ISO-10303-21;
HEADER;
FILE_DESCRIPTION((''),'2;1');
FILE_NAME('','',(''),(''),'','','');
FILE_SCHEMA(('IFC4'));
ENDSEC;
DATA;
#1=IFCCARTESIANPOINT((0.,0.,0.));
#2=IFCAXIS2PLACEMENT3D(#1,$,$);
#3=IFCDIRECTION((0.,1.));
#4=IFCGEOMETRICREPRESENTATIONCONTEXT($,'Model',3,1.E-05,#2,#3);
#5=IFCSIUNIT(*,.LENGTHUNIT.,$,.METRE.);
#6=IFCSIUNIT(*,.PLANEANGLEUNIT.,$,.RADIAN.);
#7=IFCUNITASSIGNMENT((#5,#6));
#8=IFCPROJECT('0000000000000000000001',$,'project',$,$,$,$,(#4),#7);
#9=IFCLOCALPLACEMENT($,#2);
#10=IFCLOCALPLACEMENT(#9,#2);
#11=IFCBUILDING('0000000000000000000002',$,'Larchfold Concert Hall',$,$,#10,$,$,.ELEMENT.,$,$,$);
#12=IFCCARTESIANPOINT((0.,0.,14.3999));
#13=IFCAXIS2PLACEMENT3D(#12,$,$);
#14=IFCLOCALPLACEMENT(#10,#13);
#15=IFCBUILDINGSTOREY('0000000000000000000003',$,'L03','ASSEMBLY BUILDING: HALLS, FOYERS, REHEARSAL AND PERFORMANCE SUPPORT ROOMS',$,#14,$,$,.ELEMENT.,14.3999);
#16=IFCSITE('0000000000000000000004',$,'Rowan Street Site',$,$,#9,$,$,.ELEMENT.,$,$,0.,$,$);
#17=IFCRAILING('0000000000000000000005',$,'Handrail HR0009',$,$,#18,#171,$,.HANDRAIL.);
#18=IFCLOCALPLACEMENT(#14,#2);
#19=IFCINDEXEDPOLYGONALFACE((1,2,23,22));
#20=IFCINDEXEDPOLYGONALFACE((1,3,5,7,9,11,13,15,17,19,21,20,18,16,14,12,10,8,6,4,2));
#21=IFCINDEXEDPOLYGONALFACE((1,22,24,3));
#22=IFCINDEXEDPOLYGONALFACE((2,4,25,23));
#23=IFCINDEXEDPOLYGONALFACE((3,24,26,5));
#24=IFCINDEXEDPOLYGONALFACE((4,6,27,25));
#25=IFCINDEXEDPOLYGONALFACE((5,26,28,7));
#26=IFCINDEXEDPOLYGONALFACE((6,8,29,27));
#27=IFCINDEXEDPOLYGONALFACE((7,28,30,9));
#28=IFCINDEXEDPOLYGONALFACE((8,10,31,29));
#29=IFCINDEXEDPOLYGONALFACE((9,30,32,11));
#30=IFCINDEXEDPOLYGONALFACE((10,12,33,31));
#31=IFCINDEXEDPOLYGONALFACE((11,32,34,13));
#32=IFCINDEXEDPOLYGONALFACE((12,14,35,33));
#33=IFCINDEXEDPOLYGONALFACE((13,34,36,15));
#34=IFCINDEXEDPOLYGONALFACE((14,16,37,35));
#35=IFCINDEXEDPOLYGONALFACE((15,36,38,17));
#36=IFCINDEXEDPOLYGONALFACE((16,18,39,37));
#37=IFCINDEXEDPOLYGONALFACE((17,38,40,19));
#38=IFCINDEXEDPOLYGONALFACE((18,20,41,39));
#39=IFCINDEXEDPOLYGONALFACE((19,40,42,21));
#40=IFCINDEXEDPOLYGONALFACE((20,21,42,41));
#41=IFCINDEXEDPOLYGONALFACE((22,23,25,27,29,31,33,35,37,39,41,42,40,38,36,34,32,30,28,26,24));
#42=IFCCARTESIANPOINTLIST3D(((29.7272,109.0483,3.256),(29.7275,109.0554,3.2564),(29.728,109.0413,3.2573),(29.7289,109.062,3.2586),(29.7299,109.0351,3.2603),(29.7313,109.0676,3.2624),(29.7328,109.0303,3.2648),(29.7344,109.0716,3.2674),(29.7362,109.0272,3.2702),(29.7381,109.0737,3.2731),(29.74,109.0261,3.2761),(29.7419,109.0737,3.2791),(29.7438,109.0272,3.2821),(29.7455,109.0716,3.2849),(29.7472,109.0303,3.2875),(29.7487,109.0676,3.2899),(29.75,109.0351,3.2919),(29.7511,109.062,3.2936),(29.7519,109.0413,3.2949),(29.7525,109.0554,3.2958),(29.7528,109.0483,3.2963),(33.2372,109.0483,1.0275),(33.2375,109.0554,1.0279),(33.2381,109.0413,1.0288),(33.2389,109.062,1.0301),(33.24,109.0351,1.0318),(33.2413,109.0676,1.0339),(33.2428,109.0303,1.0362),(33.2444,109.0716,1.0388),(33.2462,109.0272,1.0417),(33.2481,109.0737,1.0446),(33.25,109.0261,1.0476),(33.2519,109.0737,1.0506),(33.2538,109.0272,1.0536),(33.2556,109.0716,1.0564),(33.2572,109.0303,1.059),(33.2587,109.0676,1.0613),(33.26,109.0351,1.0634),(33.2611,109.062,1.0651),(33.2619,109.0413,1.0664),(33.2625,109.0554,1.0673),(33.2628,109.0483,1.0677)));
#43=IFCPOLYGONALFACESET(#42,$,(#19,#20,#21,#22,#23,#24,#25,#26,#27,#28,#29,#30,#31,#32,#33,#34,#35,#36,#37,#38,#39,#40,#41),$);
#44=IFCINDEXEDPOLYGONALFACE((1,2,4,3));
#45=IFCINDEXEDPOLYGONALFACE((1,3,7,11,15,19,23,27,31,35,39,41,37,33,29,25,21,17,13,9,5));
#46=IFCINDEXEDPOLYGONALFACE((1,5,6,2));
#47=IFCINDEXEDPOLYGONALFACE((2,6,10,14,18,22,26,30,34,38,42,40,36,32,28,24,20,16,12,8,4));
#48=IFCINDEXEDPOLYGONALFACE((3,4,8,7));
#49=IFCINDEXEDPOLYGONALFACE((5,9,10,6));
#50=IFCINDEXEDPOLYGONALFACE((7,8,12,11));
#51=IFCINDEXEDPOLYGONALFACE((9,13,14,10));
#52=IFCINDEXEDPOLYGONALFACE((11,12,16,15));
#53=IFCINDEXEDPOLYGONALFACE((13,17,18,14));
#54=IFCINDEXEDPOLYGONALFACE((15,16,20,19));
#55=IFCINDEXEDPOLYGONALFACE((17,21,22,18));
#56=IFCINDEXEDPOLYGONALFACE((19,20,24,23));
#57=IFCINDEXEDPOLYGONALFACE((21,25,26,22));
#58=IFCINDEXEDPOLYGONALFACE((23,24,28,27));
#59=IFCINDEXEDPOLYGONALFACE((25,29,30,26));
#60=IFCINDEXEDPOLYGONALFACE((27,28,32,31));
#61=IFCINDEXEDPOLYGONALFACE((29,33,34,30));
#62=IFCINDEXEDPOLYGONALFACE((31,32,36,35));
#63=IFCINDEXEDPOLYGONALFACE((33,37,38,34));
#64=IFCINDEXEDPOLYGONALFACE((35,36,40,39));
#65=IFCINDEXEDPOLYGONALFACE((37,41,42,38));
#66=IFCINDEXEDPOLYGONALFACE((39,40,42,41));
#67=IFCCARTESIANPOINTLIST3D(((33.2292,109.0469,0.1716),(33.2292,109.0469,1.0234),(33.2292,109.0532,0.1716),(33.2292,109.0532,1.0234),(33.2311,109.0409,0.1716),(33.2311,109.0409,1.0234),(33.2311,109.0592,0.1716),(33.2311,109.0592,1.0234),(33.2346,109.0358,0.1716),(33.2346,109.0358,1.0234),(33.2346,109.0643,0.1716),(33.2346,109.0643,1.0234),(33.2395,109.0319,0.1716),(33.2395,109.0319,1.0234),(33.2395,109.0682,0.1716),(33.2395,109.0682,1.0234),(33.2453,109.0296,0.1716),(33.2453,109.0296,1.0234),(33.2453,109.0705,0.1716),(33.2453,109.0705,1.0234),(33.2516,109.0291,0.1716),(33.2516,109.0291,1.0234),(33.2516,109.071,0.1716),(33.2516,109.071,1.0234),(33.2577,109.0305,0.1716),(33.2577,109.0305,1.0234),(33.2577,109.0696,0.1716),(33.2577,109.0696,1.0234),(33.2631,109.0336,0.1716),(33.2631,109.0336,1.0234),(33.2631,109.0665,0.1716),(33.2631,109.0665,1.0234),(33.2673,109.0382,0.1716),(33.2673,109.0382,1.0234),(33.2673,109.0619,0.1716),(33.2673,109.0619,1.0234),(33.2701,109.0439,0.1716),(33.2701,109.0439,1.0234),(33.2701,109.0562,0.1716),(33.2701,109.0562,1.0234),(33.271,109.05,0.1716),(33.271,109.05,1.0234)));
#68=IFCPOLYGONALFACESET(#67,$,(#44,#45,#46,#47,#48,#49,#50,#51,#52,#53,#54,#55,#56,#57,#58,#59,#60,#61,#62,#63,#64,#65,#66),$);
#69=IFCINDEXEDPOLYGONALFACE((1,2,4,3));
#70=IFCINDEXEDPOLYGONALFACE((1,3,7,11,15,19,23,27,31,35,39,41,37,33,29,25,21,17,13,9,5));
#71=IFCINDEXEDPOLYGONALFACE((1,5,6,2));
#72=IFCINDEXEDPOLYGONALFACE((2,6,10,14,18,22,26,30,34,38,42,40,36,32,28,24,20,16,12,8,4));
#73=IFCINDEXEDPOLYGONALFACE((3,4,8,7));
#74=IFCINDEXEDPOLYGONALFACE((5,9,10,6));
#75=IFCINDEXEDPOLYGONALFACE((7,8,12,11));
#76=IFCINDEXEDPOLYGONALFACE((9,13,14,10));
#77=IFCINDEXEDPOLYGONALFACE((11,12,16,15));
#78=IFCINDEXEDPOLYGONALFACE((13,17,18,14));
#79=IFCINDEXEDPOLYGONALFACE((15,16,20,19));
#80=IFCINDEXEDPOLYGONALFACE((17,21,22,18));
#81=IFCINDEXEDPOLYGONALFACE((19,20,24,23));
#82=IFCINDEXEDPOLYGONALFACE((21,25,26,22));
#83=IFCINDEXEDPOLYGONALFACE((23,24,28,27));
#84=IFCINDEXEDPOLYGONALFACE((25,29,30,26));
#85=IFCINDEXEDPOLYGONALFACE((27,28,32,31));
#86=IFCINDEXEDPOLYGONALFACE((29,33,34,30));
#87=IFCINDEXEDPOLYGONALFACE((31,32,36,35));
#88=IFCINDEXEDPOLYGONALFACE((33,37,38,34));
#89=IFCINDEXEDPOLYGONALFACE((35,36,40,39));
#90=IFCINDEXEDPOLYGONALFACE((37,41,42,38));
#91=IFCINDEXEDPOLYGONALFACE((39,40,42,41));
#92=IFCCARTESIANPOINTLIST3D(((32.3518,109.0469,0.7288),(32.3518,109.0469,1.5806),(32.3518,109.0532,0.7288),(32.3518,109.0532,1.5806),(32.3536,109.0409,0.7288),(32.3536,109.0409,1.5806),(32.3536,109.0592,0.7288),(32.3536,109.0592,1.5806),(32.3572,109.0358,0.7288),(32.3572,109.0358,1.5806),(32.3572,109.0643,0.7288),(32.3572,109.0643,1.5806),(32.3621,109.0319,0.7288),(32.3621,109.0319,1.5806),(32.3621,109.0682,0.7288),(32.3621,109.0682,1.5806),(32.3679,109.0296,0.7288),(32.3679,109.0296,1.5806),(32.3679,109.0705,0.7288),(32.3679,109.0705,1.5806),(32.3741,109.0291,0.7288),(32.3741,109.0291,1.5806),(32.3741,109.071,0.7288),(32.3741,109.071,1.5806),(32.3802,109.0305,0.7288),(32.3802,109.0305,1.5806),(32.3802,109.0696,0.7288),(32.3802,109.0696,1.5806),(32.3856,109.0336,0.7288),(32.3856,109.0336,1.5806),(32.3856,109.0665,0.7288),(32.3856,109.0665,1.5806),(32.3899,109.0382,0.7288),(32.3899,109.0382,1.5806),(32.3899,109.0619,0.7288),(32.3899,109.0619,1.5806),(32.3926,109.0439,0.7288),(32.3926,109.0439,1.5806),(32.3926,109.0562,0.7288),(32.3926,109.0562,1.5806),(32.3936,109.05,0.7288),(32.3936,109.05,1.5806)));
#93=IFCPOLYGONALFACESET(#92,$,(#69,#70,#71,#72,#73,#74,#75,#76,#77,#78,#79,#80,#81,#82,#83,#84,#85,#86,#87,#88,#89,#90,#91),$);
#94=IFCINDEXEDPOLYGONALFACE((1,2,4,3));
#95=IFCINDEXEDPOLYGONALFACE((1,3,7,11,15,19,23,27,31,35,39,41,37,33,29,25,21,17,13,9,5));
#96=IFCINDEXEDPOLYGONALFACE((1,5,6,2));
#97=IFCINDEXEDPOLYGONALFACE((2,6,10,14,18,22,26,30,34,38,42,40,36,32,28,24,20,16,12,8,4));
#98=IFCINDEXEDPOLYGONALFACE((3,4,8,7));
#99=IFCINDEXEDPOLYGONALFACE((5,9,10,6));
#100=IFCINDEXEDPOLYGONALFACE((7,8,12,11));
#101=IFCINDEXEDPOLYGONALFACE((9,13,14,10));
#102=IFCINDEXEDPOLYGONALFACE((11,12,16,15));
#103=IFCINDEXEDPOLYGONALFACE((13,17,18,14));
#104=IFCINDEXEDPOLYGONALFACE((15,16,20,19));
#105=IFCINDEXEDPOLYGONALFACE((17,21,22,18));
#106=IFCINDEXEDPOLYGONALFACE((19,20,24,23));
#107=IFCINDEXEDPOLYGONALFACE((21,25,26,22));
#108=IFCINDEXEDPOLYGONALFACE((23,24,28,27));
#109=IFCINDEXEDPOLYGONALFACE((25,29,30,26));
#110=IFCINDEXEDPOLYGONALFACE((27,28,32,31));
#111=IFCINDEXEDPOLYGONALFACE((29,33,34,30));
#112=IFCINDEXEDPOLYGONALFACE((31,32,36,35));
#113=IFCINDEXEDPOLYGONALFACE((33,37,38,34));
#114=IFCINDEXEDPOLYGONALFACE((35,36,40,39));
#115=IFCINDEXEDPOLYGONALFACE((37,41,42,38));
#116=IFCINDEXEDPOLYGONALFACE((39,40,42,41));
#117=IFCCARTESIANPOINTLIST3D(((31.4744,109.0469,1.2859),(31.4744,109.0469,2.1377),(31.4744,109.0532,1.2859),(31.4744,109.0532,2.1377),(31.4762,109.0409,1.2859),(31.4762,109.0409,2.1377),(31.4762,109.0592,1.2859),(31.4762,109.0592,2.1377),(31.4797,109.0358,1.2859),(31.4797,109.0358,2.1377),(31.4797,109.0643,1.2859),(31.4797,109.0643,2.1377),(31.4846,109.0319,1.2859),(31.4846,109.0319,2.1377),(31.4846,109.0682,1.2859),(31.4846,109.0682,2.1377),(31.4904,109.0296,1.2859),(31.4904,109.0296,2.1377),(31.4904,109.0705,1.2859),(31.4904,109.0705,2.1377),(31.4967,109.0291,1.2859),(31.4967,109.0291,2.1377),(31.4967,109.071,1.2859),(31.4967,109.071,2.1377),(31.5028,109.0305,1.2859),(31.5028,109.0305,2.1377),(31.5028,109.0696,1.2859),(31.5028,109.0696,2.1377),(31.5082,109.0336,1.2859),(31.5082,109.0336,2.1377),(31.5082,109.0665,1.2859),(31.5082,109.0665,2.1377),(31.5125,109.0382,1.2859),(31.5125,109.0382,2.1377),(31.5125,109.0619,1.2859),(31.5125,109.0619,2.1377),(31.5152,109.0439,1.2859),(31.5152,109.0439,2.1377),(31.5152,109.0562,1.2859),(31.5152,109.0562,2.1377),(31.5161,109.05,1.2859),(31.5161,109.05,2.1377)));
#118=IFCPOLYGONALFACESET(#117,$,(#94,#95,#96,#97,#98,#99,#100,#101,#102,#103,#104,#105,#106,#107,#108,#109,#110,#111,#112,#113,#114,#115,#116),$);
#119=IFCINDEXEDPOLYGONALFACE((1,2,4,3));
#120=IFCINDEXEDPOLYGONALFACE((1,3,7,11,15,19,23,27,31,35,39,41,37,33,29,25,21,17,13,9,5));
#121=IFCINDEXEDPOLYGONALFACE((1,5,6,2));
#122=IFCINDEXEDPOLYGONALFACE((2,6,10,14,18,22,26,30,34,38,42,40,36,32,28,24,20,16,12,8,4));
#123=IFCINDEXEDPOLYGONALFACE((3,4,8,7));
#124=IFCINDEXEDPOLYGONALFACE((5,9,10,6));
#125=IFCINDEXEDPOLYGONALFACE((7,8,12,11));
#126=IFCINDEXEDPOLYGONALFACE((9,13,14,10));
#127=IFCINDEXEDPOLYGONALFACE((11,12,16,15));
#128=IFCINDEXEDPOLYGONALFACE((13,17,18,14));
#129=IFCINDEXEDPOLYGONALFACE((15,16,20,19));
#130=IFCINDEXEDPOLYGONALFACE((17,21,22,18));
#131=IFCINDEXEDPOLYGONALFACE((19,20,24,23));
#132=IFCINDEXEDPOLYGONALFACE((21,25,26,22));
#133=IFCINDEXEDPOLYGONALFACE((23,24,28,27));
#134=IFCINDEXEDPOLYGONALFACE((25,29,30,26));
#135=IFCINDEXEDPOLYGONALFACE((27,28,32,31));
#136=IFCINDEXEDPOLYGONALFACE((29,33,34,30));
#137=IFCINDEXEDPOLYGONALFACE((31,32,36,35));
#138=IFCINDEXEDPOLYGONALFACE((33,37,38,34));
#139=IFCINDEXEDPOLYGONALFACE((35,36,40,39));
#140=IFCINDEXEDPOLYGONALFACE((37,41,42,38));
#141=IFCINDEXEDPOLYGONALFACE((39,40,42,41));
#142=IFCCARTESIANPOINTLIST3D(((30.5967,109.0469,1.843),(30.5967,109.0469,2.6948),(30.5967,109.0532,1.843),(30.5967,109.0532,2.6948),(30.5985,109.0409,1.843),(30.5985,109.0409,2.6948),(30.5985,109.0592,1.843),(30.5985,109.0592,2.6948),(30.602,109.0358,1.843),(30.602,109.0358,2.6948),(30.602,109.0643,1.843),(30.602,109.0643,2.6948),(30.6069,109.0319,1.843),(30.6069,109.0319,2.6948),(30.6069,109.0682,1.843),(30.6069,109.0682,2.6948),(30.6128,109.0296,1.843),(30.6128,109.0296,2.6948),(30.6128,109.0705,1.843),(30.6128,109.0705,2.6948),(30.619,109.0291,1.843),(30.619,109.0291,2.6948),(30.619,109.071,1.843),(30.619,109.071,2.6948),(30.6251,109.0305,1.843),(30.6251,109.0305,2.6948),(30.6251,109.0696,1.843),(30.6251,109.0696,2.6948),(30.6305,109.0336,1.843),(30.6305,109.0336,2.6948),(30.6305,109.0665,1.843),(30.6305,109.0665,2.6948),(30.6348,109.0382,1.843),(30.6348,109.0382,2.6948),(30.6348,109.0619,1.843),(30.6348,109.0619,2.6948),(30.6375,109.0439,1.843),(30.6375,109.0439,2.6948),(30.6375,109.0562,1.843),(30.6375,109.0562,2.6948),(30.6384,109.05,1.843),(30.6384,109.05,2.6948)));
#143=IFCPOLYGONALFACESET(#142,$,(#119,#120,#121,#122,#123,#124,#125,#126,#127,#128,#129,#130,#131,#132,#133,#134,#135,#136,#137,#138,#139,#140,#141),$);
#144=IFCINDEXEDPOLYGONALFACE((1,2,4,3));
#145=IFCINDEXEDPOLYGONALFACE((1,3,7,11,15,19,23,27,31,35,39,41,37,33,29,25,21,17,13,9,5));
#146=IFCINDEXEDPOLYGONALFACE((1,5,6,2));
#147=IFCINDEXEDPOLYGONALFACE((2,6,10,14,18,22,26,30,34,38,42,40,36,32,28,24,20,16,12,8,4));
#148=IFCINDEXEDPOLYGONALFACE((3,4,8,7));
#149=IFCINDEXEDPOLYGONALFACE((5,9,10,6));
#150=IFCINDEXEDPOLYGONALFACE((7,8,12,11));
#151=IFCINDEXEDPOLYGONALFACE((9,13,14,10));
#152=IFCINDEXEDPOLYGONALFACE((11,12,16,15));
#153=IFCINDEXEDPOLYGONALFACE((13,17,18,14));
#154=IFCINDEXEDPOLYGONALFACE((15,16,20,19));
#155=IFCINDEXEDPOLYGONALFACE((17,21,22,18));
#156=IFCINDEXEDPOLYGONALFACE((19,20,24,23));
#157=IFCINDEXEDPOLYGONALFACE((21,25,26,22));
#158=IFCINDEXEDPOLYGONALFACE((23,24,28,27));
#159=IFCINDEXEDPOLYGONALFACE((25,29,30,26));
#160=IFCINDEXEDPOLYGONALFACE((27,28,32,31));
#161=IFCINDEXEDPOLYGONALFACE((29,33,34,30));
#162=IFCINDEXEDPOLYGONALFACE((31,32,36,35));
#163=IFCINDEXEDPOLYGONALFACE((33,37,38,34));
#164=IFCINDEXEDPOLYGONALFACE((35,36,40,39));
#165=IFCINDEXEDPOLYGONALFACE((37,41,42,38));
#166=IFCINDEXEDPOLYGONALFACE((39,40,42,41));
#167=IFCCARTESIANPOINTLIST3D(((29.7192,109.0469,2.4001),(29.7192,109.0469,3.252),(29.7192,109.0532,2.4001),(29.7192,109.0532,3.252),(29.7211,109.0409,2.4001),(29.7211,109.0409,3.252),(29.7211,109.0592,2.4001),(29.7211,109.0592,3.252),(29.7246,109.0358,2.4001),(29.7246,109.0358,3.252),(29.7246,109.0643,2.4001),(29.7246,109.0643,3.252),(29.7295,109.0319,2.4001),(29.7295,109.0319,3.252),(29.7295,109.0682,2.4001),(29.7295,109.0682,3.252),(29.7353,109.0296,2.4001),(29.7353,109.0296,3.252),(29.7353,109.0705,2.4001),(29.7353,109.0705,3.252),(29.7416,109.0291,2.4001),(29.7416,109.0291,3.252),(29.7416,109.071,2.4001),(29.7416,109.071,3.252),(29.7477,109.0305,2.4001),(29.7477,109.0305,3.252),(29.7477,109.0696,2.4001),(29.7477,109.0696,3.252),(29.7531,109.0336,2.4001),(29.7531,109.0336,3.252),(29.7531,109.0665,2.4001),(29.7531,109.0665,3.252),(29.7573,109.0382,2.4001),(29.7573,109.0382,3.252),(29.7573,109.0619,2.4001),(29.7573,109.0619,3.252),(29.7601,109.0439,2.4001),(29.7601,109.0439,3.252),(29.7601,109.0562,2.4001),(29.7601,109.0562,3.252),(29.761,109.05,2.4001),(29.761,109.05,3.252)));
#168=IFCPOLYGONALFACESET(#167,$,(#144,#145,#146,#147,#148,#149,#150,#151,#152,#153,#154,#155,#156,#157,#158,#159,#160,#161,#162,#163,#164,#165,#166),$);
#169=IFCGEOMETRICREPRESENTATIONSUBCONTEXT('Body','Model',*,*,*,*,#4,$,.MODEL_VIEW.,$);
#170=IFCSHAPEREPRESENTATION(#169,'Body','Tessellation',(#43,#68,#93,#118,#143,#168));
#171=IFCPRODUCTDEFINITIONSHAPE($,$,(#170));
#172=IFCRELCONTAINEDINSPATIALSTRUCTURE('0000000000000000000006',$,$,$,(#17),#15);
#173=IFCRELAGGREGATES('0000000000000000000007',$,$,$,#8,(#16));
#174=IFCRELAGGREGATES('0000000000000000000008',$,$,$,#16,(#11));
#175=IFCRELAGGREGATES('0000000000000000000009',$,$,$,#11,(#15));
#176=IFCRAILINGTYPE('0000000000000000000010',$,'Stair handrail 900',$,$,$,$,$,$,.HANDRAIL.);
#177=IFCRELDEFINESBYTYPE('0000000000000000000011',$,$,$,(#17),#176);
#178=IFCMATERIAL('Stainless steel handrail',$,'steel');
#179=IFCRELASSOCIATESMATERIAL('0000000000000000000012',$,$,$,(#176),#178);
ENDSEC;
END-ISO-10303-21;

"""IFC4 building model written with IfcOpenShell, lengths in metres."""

from ifc_helpers import new_model, si_unit, direction, frame, origin, origin_2d, place, context, subcontext, project, spatial, circle, extrude, material, type_object, element, save


model = new_model("IFC4")

# Units and contexts
model_context = context("Model", 3, precision=1e-05, world=origin(), true_north=direction((0.0, 1.0)))
body_context = subcontext(model_context, "Body", "Model", "MODEL_VIEW")
ifc_project = project(units=[si_unit("LENGTHUNIT", "METRE"), si_unit("PLANEANGLEUNIT", "RADIAN")], contexts=[model_context])

# Site, building, storey
site_placement = place(None, origin())
site = spatial("IfcSite", under=ifc_project, at=site_placement, Name="Rowan Street Site", CompositionType="ELEMENT", RefElevation=0.0)
building_placement = place(site_placement, origin())
building = spatial("IfcBuilding", under=site, at=building_placement, Name="Larchfold Concert Hall", CompositionType="ELEMENT")
storey_placement = place(building_placement, frame((0.0, 0.0, 14.3999)))
storey = spatial("IfcBuildingStorey", under=building, at=storey_placement, Name="L03", Description="ASSEMBLY BUILDING: HALLS, FOYERS, REHEARSAL AND PERFORMANCE SUPPORT ROOMS", CompositionType="ELEMENT", Elevation=14.3999)

# Railing
ifc_material_1 = material(Name="Stainless steel handrail", Category="steel")
railing_type_1 = type_object("IfcRailingType", Name="Stair handrail 900", PredefinedType="HANDRAIL", material=ifc_material_1)
for number, where, name in (
    (1, (33.25, 109.05, 0.1716), "Handrail HR0009"),
):
    element("IfcRailing", number, at=place(storey_placement, frame(where)), inside=storey, type_object=railing_type_1, Name=name, PredefinedType="HANDRAIL", context=body_context, shape_type="SweptSolid", body=[
        extrude(circle(Radius=0.0239, at=origin_2d()), frame((0.0, 0.0, 0.876), z_axis=(-0.84422, 0.0, 0.535998), x_axis=(0.0, -1.0, 0.0)), (0.0, 0.0, 1.0), 4.1577),
        extrude(circle(Radius=0.021, at=origin_2d()), origin(), (0.0, 0.0, 1.0), 0.8518),
        extrude(circle(Radius=0.021, at=origin_2d()), frame((-0.8774, 0.0, 0.5571)), (0.0, 0.0, 1.0), 0.8518),
        extrude(circle(Radius=0.021, at=origin_2d()), frame((-1.7549, 0.0, 1.1143)), (0.0, 0.0, 1.0), 0.8518),
        extrude(circle(Radius=0.021, at=origin_2d()), frame((-2.6326, 0.0, 1.6714)), (0.0, 0.0, 1.0), 0.8518),
        extrude(circle(Radius=0.021, at=origin_2d()), frame((-3.51, 0.0, 2.2285)), (0.0, 0.0, 1.0), 0.8518),
    ])

save(model, "model.ifc")
